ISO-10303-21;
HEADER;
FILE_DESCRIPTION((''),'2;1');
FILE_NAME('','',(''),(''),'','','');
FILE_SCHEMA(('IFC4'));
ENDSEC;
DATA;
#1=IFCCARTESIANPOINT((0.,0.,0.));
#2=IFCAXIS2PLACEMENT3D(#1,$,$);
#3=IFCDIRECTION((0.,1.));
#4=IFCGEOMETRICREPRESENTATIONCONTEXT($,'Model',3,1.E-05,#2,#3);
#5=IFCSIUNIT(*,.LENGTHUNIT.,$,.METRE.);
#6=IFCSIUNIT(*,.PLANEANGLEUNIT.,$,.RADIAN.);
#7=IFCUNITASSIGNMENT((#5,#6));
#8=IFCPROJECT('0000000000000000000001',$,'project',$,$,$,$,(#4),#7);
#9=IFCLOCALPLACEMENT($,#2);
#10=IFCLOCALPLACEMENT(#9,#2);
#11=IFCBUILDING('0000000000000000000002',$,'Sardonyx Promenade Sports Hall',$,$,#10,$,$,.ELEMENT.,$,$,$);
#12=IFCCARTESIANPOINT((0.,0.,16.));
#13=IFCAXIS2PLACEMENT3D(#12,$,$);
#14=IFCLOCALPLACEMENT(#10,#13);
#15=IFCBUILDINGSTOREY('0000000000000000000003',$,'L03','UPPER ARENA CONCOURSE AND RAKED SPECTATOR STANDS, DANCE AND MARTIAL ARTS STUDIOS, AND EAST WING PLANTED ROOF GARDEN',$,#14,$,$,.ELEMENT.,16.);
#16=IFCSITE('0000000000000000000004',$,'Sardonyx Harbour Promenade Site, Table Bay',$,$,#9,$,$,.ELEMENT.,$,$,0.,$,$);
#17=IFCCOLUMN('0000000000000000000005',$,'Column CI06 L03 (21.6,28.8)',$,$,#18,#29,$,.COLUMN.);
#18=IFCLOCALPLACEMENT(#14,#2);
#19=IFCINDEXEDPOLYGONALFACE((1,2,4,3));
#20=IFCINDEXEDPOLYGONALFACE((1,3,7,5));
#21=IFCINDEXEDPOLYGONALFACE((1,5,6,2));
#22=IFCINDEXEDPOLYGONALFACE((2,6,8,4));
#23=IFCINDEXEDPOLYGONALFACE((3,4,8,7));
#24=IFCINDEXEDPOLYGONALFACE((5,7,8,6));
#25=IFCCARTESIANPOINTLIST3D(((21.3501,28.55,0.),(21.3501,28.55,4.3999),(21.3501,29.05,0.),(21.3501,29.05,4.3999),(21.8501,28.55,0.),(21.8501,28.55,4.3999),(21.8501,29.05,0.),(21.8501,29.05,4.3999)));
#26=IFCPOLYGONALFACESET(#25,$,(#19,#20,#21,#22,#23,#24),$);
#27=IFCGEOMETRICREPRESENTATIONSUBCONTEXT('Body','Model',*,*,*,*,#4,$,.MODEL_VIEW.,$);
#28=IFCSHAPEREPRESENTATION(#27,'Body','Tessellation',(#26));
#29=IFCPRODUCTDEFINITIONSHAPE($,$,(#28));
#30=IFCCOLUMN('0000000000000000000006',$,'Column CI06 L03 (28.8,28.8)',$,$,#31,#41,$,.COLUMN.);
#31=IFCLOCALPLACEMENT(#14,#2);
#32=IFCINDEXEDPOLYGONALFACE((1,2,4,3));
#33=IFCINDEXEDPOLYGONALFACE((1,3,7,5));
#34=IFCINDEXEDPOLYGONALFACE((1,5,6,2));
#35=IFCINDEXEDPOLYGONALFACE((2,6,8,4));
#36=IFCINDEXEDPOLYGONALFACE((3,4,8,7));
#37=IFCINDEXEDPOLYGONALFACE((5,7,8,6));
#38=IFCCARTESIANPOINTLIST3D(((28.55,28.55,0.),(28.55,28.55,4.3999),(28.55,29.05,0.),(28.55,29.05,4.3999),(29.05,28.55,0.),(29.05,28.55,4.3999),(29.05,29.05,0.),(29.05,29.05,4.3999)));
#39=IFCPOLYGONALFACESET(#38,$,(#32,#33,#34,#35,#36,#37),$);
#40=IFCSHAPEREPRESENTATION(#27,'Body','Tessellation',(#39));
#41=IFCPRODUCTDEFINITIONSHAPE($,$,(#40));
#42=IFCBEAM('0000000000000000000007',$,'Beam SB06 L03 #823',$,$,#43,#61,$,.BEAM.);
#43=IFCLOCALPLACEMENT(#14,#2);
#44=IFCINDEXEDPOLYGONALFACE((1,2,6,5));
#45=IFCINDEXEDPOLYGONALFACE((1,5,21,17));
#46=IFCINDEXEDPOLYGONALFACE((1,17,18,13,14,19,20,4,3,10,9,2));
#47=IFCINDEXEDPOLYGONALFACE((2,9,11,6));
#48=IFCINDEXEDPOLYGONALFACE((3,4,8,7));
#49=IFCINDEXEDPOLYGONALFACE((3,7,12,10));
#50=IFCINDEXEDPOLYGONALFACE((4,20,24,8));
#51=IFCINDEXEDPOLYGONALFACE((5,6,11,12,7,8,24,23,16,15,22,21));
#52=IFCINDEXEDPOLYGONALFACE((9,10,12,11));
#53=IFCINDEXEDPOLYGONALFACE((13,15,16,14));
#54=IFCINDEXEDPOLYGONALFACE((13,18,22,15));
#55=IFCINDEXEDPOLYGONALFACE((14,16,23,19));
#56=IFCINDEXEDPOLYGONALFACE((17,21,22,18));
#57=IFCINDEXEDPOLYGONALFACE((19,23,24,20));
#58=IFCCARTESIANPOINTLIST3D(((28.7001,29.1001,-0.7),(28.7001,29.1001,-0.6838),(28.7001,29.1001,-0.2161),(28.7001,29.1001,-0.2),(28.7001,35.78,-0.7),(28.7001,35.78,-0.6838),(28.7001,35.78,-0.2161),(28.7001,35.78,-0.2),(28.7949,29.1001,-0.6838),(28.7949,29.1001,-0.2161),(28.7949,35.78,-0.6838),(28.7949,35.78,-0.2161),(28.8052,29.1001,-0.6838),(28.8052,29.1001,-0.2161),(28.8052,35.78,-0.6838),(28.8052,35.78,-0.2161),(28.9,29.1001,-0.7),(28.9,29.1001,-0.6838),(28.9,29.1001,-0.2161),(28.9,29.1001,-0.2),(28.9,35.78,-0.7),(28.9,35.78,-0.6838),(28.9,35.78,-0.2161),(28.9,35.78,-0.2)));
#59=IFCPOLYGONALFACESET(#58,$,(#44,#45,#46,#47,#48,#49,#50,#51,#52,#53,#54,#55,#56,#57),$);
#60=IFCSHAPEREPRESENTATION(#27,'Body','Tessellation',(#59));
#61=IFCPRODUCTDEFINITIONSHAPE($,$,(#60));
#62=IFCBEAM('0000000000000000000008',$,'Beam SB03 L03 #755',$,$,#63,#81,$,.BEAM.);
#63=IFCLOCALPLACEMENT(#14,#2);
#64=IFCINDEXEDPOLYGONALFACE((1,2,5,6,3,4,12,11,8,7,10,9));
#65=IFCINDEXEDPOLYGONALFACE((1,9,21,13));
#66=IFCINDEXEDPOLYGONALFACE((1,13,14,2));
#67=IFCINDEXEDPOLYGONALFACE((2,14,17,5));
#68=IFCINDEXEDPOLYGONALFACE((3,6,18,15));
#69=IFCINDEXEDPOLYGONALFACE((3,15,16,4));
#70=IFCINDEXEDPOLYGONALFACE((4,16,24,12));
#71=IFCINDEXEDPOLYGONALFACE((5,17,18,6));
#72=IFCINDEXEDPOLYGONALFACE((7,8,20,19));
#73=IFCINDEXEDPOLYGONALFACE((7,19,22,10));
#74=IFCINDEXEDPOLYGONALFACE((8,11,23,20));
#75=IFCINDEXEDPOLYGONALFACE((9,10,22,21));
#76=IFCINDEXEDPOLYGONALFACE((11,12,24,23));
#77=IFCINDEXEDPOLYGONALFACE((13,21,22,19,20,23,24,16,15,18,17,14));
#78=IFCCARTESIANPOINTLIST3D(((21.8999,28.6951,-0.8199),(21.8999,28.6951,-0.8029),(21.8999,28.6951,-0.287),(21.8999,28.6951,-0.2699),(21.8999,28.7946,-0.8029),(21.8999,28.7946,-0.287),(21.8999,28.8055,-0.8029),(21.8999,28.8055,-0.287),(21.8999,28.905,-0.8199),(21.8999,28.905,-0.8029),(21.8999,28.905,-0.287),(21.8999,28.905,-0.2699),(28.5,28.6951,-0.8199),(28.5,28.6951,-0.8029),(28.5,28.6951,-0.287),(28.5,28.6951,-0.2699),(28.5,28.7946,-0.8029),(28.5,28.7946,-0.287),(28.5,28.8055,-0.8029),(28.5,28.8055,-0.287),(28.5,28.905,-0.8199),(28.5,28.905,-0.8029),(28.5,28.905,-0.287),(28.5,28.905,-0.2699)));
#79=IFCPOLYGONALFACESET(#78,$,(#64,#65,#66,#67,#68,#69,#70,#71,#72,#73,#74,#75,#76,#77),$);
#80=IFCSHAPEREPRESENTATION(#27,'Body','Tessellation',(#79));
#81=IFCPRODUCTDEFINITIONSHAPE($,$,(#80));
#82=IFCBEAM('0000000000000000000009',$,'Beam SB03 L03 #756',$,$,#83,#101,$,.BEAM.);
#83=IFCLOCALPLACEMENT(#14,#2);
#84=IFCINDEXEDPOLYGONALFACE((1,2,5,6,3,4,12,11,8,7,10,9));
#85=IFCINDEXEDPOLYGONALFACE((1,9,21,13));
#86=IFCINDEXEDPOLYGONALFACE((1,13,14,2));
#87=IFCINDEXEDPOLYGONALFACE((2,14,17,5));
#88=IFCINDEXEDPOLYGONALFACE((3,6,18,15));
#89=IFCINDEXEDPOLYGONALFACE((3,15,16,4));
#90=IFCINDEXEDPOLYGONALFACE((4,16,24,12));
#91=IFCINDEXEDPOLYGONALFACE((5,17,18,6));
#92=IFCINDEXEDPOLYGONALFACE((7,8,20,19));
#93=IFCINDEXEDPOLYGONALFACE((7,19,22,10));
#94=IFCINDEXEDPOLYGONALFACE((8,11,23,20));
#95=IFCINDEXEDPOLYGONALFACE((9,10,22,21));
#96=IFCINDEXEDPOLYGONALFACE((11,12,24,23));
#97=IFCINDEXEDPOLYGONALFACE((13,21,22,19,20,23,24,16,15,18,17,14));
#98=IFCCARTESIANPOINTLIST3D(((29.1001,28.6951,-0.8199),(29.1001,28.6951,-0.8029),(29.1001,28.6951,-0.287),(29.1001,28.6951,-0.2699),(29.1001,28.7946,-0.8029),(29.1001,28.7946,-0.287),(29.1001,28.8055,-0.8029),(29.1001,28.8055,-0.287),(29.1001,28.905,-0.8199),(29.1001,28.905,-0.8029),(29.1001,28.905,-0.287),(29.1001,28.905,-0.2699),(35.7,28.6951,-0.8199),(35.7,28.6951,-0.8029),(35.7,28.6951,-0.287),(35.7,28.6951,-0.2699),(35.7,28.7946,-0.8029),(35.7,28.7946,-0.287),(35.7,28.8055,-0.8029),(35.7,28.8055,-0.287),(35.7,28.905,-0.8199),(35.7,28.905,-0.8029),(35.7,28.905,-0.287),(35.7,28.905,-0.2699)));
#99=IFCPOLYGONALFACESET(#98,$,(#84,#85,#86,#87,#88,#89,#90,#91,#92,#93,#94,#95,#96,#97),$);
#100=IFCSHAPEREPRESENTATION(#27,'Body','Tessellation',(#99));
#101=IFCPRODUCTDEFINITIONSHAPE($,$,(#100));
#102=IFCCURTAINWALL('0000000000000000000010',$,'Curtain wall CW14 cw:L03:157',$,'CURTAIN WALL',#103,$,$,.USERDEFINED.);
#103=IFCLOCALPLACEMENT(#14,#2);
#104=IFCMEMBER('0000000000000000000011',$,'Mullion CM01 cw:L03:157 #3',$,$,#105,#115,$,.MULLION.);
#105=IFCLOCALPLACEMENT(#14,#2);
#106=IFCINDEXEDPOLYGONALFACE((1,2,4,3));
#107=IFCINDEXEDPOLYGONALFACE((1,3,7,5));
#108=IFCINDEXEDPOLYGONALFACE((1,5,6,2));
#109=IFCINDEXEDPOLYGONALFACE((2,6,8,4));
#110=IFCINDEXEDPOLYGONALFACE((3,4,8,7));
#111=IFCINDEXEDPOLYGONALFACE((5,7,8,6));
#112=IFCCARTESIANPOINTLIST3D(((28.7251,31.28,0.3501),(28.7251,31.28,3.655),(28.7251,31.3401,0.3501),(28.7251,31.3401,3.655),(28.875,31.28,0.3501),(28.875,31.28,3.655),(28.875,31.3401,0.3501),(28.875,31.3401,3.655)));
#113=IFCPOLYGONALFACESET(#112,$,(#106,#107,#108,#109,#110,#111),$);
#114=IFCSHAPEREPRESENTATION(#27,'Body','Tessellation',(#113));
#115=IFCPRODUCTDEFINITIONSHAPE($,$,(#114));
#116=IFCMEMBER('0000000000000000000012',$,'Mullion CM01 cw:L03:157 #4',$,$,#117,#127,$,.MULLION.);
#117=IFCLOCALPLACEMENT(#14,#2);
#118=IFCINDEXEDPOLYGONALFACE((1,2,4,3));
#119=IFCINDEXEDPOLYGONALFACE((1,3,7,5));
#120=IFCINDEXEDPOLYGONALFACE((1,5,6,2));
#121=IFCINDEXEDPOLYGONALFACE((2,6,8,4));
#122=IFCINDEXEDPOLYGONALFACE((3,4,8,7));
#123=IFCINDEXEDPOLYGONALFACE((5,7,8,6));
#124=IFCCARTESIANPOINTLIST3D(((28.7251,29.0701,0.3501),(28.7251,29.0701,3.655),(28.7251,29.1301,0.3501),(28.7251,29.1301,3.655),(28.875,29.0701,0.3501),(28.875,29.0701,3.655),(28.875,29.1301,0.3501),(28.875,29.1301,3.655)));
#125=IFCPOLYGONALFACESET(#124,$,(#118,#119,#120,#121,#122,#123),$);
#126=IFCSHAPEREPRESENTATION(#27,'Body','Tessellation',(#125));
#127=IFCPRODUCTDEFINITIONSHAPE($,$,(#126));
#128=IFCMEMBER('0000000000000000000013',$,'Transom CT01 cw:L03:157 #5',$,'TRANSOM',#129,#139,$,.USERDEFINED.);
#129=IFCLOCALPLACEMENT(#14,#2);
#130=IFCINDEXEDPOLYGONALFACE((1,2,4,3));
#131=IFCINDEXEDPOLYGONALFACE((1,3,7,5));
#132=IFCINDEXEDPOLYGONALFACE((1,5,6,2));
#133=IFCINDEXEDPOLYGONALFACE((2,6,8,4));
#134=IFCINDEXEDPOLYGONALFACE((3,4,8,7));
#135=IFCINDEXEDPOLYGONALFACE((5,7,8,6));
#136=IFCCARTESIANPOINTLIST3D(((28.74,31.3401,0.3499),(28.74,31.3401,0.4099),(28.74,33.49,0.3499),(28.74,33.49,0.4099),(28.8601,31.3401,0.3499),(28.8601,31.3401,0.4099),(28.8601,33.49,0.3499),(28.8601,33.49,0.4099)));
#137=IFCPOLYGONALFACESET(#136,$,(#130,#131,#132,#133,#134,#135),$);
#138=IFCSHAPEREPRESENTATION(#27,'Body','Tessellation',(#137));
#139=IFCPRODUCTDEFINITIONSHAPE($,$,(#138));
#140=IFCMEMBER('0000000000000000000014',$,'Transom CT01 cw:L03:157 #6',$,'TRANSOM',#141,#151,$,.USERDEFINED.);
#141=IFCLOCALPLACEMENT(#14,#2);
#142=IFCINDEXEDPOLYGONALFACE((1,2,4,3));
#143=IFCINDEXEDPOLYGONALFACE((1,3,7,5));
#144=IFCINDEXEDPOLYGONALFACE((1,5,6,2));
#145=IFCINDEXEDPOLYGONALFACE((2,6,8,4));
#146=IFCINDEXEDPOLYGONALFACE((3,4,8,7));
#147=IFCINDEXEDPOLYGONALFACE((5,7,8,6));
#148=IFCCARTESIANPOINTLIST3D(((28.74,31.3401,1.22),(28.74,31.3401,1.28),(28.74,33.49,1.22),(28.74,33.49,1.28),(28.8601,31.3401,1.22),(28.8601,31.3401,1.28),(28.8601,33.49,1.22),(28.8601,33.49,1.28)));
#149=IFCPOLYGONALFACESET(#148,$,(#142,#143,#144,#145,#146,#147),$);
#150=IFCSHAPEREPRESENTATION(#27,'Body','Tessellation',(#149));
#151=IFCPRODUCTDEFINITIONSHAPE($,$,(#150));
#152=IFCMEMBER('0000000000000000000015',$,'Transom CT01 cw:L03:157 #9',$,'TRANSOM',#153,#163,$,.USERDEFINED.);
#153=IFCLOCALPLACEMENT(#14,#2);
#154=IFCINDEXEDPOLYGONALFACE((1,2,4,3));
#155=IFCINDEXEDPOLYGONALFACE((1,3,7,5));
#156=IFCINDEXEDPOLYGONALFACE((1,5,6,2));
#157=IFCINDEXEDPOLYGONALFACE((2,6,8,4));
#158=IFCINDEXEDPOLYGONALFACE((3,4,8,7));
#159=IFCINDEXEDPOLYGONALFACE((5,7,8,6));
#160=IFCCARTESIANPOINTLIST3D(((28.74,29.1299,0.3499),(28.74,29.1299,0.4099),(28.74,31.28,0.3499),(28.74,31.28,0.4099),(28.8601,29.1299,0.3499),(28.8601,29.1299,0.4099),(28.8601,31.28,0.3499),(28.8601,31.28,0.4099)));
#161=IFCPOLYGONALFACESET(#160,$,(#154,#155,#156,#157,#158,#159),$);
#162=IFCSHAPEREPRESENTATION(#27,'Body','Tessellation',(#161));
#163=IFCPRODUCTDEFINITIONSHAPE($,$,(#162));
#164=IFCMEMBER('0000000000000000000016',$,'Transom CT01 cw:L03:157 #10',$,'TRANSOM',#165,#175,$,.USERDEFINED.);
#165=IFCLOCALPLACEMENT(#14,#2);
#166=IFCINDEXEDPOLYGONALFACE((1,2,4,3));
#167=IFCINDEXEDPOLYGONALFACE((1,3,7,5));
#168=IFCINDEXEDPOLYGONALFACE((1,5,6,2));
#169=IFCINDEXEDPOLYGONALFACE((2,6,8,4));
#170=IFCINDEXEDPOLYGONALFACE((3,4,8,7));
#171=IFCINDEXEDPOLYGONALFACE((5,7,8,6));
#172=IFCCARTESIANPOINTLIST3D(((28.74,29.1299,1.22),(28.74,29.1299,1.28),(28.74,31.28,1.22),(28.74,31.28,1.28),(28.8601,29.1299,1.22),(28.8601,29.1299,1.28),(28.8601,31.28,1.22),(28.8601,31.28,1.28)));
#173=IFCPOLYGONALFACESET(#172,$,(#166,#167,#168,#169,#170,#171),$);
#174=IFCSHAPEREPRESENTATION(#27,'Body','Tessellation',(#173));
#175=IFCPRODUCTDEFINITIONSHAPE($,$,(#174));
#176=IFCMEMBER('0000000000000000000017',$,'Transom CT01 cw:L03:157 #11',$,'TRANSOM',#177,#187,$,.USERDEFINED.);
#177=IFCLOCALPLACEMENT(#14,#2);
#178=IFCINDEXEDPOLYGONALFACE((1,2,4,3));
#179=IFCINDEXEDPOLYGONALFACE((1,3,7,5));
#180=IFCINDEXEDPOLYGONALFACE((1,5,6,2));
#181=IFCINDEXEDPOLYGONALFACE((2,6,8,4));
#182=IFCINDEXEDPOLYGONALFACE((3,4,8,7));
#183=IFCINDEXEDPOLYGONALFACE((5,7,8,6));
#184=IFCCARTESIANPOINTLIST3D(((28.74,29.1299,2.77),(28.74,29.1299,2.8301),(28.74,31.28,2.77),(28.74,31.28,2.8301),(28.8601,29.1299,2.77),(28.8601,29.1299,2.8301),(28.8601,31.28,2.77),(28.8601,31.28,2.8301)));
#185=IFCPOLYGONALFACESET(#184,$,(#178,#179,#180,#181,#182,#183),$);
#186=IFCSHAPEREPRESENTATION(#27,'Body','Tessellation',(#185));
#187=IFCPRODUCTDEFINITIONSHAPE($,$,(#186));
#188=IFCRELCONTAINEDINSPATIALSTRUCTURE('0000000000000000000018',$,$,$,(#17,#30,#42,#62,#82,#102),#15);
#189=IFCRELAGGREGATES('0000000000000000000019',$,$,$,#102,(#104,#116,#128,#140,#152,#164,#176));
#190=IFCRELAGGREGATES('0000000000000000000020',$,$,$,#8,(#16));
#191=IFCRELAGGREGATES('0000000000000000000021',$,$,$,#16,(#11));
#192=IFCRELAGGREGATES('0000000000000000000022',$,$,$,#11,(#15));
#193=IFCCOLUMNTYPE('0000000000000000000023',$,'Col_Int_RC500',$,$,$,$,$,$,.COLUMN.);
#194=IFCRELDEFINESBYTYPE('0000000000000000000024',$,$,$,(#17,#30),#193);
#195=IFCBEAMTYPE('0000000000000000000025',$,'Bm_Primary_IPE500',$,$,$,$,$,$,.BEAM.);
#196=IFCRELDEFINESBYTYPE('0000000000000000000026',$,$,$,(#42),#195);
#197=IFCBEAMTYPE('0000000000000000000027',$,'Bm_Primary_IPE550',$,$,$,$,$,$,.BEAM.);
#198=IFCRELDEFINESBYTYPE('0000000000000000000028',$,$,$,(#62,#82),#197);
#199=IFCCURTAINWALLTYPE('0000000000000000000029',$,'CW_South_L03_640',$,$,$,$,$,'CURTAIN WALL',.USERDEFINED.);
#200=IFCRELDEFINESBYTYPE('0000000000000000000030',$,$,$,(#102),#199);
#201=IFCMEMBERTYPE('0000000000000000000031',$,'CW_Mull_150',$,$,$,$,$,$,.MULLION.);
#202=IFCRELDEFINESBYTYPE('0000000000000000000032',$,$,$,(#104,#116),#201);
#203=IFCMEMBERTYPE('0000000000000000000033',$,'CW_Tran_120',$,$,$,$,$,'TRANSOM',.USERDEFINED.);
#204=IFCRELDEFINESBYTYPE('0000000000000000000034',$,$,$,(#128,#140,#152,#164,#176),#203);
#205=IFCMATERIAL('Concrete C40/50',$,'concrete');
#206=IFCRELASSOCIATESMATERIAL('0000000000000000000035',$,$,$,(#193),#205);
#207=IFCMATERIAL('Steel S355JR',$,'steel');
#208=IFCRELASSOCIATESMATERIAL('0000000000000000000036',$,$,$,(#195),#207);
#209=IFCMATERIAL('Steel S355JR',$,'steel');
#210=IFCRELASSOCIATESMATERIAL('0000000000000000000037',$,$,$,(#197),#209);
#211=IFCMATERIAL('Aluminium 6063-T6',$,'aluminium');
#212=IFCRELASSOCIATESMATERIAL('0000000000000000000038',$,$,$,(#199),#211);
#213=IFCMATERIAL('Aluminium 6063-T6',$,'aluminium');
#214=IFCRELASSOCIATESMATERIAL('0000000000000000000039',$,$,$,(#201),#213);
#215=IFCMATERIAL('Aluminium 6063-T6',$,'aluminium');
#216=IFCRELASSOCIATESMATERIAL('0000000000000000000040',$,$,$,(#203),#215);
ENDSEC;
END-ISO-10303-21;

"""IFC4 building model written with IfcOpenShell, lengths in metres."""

from ifc_helpers import new_model, si_unit, direction, frame, origin, origin_2d, place, context, subcontext, project, spatial, rectangle, i_section, extrude, material, material_profile, profile_set, type_object, element, aggregate, save


model = new_model("IFC4")

# Units and contexts
model_context = context("Model", 3, precision=1e-05, world=origin(), true_north=direction((0.0, 1.0)))
body_context = subcontext(model_context, "Body", "Model", "MODEL_VIEW")
ifc_project = project(units=[si_unit("LENGTHUNIT", "METRE"), si_unit("PLANEANGLEUNIT", "RADIAN")], contexts=[model_context])

# Site, building, storey
site_placement = place(None, origin())
site = spatial("IfcSite", under=ifc_project, at=site_placement, Name="Sardonyx Harbour Promenade Site, Table Bay", CompositionType="ELEMENT", RefElevation=0.0)
building_placement = place(site_placement, origin())
building = spatial("IfcBuilding", under=site, at=building_placement, Name="Sardonyx Promenade Sports Hall", CompositionType="ELEMENT")
storey_placement = place(building_placement, frame((0.0, 0.0, 16.0)))
storey = spatial("IfcBuildingStorey", under=building, at=storey_placement, Name="L03", Description="UPPER ARENA CONCOURSE AND RAKED SPECTATOR STANDS, DANCE AND MARTIAL ARTS STUDIOS, AND EAST WING PLANTED ROOF GARDEN", CompositionType="ELEMENT", Elevation=16.0)

# Columns
ifc_material_1 = material(Name="Concrete C40/50", Category="concrete")
ifc_material_profile_1 = material_profile(ifc_material_1, rectangle(XDim=0.5, YDim=0.5, at=origin_2d()))
ifc_profile_set_1 = profile_set([ifc_material_profile_1], Name="Concrete C40/50")
column_type = type_object("IfcColumnType", Name="Col_Int_RC500", PredefinedType="COLUMN", material=ifc_profile_set_1)
for number, where, z_axis, x_axis, name in (
    (1, (21.6001, 28.8, 0.0), (0.0, 0.0, 1.0), (1.0, 0.0, 0.0), "Column CI06 L03 (21.6,28.8)"),
    (2, (28.8, 28.8, 0.0), (0.0, 0.0, 1.0), (1.0, 0.0, 0.0), "Column CI06 L03 (28.8,28.8)"),
):
    element("IfcColumn", number, at=place(storey_placement, frame(where, z_axis=z_axis, x_axis=x_axis)), inside=storey, type_object=column_type, Name=name, PredefinedType="COLUMN", context=body_context, shape_type="SweptSolid", body=[
        extrude(rectangle(XDim=0.5, YDim=0.5, at=origin_2d()), origin(), (0.0, 0.0, 1.0), 4.3999),
    ])

# Beams
ifc_material_2 = material(Name="Steel S355JR", Category="steel")
ifc_material_profile_2 = material_profile(ifc_material_2, i_section(OverallWidth=0.2, OverallDepth=0.5, WebThickness=0.0103, FlangeThickness=0.0161, at=origin_2d()))
ifc_profile_set_2 = profile_set([ifc_material_profile_2], Name="Steel S355JR")
beam_type_1 = type_object("IfcBeamType", Name="Bm_Primary_IPE500", PredefinedType="BEAM", material=ifc_profile_set_2)
beam_1_placement = place(storey_placement, frame((28.8, 29.1001, -0.45), z_axis=(0.0, 1.0, 0.0), x_axis=(-1.0, 0.0, 0.0)))
element("IfcBeam", 3, at=beam_1_placement, inside=storey, type_object=beam_type_1, Name="Beam SB06 L03 #823", PredefinedType="BEAM", context=body_context, shape_type="SweptSolid", body=[
    extrude(i_section(OverallWidth=0.2, OverallDepth=0.5, WebThickness=0.0103, FlangeThickness=0.0161, at=origin_2d()), origin(), (0.0, 0.0, 1.0), 6.6799),
])
ifc_material_3 = material(Name="Steel S355JR", Category="steel")
ifc_material_profile_3 = material_profile(ifc_material_3, i_section(OverallWidth=0.21, OverallDepth=0.55, WebThickness=0.011, FlangeThickness=0.0171, at=origin_2d()))
ifc_profile_set_3 = profile_set([ifc_material_profile_3], Name="Steel S355JR")
beam_type_2 = type_object("IfcBeamType", Name="Bm_Primary_IPE550", PredefinedType="BEAM", material=ifc_profile_set_3)
beam_2_placement = place(storey_placement, frame((21.8999, 28.8, -0.5449), z_axis=(1.0, 0.0, 0.0), x_axis=(0.0, 1.0, 0.0)))
element("IfcBeam", 4, at=beam_2_placement, inside=storey, type_object=beam_type_2, Name="Beam SB03 L03 #755", PredefinedType="BEAM", context=body_context, shape_type="SweptSolid", body=[
    extrude(i_section(OverallWidth=0.21, OverallDepth=0.55, WebThickness=0.011, FlangeThickness=0.0171, at=origin_2d()), origin(), (0.0, 0.0, 1.0), 6.6001),
])
beam_3_placement = place(storey_placement, frame((29.1001, 28.8, -0.5449), z_axis=(1.0, 0.0, 0.0), x_axis=(0.0, 1.0, 0.0)))
element("IfcBeam", 5, at=beam_3_placement, inside=storey, type_object=beam_type_2, Name="Beam SB03 L03 #756", PredefinedType="BEAM", context=body_context, shape_type="SweptSolid", body=[
    extrude(i_section(OverallWidth=0.21, OverallDepth=0.55, WebThickness=0.011, FlangeThickness=0.0171, at=origin_2d()), origin(), (0.0, 0.0, 1.0), 6.5999),
])

# Curtain wall, members
ifc_material_4 = material(Name="Aluminium 6063-T6", Category="aluminium")
curtain_wall_type = type_object("IfcCurtainWallType", Name="CW_South_L03_640", ElementType="CURTAIN WALL", PredefinedType="USERDEFINED", material=ifc_material_4)
curtain_wall_placement = place(storey_placement, origin())
curtain_wall = element("IfcCurtainWall", 6, at=curtain_wall_placement, inside=storey, type_object=curtain_wall_type, Name="Curtain wall CW14 cw:L03:157", ObjectType="CURTAIN WALL", PredefinedType="USERDEFINED")
ifc_material_5 = material(Name="Aluminium 6063-T6", Category="aluminium")
ifc_material_profile_4 = material_profile(ifc_material_5, rectangle(XDim=0.0601, YDim=0.1499, at=origin_2d()))
ifc_profile_set_4 = profile_set([ifc_material_profile_4], Name="Aluminium 6063-T6")
member_type_1 = type_object("IfcMemberType", Name="CW_Mull_150", PredefinedType="MULLION", material=ifc_profile_set_4)
member_1_placement = place(storey_placement, frame((28.8, 31.3101, 0.3501), z_axis=(0.0, 0.0, 1.0), x_axis=(0.0, -1.0, 0.0)))
member_1 = element("IfcMember", 7, at=member_1_placement, type_object=member_type_1, Name="Mullion CM01 cw:L03:157 #3", PredefinedType="MULLION", context=body_context, shape_type="SweptSolid", body=[
    extrude(rectangle(XDim=0.0601, YDim=0.1499, at=origin_2d()), origin(), (0.0, 0.0, 1.0), 3.3049),
])
member_2_placement = place(storey_placement, frame((28.8, 29.1001, 0.3501), z_axis=(0.0, 0.0, 1.0), x_axis=(0.0, -1.0, 0.0)))
member_2 = element("IfcMember", 8, at=member_2_placement, type_object=member_type_1, Name="Mullion CM01 cw:L03:157 #4", PredefinedType="MULLION", context=body_context, shape_type="SweptSolid", body=[
    extrude(rectangle(XDim=0.0601, YDim=0.1499, at=origin_2d()), origin(), (0.0, 0.0, 1.0), 3.3049),
])
ifc_material_6 = material(Name="Aluminium 6063-T6", Category="aluminium")
ifc_material_profile_5 = material_profile(ifc_material_6, rectangle(XDim=0.0601, YDim=0.1201, at=origin_2d()))
ifc_profile_set_5 = profile_set([ifc_material_profile_5], Name="Aluminium 6063-T6")
member_type_2 = type_object("IfcMemberType", Name="CW_Tran_120", ElementType="TRANSOM", PredefinedType="USERDEFINED", material=ifc_profile_set_5)
member_3_placement = place(storey_placement, frame((28.8, 33.49, 0.3799), z_axis=(0.0, -1.0, 0.0), x_axis=(0.0, 0.0, 1.0)))
member_3 = element("IfcMember", 9, at=member_3_placement, type_object=member_type_2, Name="Transom CT01 cw:L03:157 #5", ObjectType="TRANSOM", PredefinedType="USERDEFINED", context=body_context, shape_type="SweptSolid", body=[
    extrude(rectangle(XDim=0.0601, YDim=0.1201, at=origin_2d()), origin(), (0.0, 0.0, 1.0), 2.1499),
])
member_4_placement = place(storey_placement, frame((28.8, 33.49, 1.25), z_axis=(0.0, -1.0, 0.0), x_axis=(0.0, 0.0, 1.0)))
member_4 = element("IfcMember", 10, at=member_4_placement, type_object=member_type_2, Name="Transom CT01 cw:L03:157 #6", ObjectType="TRANSOM", PredefinedType="USERDEFINED", context=body_context, shape_type="SweptSolid", body=[
    extrude(rectangle(XDim=0.0601, YDim=0.1201, at=origin_2d()), origin(), (0.0, 0.0, 1.0), 2.1499),
])
member_5_placement = place(storey_placement, frame((28.8, 31.28, 0.3799), z_axis=(0.0, -1.0, 0.0), x_axis=(0.0, 0.0, 1.0)))
member_5 = element("IfcMember", 11, at=member_5_placement, type_object=member_type_2, Name="Transom CT01 cw:L03:157 #9", ObjectType="TRANSOM", PredefinedType="USERDEFINED", context=body_context, shape_type="SweptSolid", body=[
    extrude(rectangle(XDim=0.0601, YDim=0.1201, at=origin_2d()), origin(), (0.0, 0.0, 1.0), 2.1501),
])
member_6_placement = place(storey_placement, frame((28.8, 31.28, 1.25), z_axis=(0.0, -1.0, 0.0), x_axis=(0.0, 0.0, 1.0)))
member_6 = element("IfcMember", 12, at=member_6_placement, type_object=member_type_2, Name="Transom CT01 cw:L03:157 #10", ObjectType="TRANSOM", PredefinedType="USERDEFINED", context=body_context, shape_type="SweptSolid", body=[
    extrude(rectangle(XDim=0.0601, YDim=0.1201, at=origin_2d()), origin(), (0.0, 0.0, 1.0), 2.1501),
])
member_7_placement = place(storey_placement, frame((28.8, 31.28, 2.8), z_axis=(0.0, -1.0, 0.0), x_axis=(0.0, 0.0, 1.0)))
member_7 = element("IfcMember", 13, at=member_7_placement, type_object=member_type_2, Name="Transom CT01 cw:L03:157 #11", ObjectType="TRANSOM", PredefinedType="USERDEFINED", context=body_context, shape_type="SweptSolid", body=[
    extrude(rectangle(XDim=0.0601, YDim=0.1201, at=origin_2d()), origin(), (0.0, 0.0, 1.0), 2.1501),
])
aggregate(curtain_wall, [member_1, member_2, member_3, member_4, member_5, member_6, member_7])

save(model, "model.ifc")
